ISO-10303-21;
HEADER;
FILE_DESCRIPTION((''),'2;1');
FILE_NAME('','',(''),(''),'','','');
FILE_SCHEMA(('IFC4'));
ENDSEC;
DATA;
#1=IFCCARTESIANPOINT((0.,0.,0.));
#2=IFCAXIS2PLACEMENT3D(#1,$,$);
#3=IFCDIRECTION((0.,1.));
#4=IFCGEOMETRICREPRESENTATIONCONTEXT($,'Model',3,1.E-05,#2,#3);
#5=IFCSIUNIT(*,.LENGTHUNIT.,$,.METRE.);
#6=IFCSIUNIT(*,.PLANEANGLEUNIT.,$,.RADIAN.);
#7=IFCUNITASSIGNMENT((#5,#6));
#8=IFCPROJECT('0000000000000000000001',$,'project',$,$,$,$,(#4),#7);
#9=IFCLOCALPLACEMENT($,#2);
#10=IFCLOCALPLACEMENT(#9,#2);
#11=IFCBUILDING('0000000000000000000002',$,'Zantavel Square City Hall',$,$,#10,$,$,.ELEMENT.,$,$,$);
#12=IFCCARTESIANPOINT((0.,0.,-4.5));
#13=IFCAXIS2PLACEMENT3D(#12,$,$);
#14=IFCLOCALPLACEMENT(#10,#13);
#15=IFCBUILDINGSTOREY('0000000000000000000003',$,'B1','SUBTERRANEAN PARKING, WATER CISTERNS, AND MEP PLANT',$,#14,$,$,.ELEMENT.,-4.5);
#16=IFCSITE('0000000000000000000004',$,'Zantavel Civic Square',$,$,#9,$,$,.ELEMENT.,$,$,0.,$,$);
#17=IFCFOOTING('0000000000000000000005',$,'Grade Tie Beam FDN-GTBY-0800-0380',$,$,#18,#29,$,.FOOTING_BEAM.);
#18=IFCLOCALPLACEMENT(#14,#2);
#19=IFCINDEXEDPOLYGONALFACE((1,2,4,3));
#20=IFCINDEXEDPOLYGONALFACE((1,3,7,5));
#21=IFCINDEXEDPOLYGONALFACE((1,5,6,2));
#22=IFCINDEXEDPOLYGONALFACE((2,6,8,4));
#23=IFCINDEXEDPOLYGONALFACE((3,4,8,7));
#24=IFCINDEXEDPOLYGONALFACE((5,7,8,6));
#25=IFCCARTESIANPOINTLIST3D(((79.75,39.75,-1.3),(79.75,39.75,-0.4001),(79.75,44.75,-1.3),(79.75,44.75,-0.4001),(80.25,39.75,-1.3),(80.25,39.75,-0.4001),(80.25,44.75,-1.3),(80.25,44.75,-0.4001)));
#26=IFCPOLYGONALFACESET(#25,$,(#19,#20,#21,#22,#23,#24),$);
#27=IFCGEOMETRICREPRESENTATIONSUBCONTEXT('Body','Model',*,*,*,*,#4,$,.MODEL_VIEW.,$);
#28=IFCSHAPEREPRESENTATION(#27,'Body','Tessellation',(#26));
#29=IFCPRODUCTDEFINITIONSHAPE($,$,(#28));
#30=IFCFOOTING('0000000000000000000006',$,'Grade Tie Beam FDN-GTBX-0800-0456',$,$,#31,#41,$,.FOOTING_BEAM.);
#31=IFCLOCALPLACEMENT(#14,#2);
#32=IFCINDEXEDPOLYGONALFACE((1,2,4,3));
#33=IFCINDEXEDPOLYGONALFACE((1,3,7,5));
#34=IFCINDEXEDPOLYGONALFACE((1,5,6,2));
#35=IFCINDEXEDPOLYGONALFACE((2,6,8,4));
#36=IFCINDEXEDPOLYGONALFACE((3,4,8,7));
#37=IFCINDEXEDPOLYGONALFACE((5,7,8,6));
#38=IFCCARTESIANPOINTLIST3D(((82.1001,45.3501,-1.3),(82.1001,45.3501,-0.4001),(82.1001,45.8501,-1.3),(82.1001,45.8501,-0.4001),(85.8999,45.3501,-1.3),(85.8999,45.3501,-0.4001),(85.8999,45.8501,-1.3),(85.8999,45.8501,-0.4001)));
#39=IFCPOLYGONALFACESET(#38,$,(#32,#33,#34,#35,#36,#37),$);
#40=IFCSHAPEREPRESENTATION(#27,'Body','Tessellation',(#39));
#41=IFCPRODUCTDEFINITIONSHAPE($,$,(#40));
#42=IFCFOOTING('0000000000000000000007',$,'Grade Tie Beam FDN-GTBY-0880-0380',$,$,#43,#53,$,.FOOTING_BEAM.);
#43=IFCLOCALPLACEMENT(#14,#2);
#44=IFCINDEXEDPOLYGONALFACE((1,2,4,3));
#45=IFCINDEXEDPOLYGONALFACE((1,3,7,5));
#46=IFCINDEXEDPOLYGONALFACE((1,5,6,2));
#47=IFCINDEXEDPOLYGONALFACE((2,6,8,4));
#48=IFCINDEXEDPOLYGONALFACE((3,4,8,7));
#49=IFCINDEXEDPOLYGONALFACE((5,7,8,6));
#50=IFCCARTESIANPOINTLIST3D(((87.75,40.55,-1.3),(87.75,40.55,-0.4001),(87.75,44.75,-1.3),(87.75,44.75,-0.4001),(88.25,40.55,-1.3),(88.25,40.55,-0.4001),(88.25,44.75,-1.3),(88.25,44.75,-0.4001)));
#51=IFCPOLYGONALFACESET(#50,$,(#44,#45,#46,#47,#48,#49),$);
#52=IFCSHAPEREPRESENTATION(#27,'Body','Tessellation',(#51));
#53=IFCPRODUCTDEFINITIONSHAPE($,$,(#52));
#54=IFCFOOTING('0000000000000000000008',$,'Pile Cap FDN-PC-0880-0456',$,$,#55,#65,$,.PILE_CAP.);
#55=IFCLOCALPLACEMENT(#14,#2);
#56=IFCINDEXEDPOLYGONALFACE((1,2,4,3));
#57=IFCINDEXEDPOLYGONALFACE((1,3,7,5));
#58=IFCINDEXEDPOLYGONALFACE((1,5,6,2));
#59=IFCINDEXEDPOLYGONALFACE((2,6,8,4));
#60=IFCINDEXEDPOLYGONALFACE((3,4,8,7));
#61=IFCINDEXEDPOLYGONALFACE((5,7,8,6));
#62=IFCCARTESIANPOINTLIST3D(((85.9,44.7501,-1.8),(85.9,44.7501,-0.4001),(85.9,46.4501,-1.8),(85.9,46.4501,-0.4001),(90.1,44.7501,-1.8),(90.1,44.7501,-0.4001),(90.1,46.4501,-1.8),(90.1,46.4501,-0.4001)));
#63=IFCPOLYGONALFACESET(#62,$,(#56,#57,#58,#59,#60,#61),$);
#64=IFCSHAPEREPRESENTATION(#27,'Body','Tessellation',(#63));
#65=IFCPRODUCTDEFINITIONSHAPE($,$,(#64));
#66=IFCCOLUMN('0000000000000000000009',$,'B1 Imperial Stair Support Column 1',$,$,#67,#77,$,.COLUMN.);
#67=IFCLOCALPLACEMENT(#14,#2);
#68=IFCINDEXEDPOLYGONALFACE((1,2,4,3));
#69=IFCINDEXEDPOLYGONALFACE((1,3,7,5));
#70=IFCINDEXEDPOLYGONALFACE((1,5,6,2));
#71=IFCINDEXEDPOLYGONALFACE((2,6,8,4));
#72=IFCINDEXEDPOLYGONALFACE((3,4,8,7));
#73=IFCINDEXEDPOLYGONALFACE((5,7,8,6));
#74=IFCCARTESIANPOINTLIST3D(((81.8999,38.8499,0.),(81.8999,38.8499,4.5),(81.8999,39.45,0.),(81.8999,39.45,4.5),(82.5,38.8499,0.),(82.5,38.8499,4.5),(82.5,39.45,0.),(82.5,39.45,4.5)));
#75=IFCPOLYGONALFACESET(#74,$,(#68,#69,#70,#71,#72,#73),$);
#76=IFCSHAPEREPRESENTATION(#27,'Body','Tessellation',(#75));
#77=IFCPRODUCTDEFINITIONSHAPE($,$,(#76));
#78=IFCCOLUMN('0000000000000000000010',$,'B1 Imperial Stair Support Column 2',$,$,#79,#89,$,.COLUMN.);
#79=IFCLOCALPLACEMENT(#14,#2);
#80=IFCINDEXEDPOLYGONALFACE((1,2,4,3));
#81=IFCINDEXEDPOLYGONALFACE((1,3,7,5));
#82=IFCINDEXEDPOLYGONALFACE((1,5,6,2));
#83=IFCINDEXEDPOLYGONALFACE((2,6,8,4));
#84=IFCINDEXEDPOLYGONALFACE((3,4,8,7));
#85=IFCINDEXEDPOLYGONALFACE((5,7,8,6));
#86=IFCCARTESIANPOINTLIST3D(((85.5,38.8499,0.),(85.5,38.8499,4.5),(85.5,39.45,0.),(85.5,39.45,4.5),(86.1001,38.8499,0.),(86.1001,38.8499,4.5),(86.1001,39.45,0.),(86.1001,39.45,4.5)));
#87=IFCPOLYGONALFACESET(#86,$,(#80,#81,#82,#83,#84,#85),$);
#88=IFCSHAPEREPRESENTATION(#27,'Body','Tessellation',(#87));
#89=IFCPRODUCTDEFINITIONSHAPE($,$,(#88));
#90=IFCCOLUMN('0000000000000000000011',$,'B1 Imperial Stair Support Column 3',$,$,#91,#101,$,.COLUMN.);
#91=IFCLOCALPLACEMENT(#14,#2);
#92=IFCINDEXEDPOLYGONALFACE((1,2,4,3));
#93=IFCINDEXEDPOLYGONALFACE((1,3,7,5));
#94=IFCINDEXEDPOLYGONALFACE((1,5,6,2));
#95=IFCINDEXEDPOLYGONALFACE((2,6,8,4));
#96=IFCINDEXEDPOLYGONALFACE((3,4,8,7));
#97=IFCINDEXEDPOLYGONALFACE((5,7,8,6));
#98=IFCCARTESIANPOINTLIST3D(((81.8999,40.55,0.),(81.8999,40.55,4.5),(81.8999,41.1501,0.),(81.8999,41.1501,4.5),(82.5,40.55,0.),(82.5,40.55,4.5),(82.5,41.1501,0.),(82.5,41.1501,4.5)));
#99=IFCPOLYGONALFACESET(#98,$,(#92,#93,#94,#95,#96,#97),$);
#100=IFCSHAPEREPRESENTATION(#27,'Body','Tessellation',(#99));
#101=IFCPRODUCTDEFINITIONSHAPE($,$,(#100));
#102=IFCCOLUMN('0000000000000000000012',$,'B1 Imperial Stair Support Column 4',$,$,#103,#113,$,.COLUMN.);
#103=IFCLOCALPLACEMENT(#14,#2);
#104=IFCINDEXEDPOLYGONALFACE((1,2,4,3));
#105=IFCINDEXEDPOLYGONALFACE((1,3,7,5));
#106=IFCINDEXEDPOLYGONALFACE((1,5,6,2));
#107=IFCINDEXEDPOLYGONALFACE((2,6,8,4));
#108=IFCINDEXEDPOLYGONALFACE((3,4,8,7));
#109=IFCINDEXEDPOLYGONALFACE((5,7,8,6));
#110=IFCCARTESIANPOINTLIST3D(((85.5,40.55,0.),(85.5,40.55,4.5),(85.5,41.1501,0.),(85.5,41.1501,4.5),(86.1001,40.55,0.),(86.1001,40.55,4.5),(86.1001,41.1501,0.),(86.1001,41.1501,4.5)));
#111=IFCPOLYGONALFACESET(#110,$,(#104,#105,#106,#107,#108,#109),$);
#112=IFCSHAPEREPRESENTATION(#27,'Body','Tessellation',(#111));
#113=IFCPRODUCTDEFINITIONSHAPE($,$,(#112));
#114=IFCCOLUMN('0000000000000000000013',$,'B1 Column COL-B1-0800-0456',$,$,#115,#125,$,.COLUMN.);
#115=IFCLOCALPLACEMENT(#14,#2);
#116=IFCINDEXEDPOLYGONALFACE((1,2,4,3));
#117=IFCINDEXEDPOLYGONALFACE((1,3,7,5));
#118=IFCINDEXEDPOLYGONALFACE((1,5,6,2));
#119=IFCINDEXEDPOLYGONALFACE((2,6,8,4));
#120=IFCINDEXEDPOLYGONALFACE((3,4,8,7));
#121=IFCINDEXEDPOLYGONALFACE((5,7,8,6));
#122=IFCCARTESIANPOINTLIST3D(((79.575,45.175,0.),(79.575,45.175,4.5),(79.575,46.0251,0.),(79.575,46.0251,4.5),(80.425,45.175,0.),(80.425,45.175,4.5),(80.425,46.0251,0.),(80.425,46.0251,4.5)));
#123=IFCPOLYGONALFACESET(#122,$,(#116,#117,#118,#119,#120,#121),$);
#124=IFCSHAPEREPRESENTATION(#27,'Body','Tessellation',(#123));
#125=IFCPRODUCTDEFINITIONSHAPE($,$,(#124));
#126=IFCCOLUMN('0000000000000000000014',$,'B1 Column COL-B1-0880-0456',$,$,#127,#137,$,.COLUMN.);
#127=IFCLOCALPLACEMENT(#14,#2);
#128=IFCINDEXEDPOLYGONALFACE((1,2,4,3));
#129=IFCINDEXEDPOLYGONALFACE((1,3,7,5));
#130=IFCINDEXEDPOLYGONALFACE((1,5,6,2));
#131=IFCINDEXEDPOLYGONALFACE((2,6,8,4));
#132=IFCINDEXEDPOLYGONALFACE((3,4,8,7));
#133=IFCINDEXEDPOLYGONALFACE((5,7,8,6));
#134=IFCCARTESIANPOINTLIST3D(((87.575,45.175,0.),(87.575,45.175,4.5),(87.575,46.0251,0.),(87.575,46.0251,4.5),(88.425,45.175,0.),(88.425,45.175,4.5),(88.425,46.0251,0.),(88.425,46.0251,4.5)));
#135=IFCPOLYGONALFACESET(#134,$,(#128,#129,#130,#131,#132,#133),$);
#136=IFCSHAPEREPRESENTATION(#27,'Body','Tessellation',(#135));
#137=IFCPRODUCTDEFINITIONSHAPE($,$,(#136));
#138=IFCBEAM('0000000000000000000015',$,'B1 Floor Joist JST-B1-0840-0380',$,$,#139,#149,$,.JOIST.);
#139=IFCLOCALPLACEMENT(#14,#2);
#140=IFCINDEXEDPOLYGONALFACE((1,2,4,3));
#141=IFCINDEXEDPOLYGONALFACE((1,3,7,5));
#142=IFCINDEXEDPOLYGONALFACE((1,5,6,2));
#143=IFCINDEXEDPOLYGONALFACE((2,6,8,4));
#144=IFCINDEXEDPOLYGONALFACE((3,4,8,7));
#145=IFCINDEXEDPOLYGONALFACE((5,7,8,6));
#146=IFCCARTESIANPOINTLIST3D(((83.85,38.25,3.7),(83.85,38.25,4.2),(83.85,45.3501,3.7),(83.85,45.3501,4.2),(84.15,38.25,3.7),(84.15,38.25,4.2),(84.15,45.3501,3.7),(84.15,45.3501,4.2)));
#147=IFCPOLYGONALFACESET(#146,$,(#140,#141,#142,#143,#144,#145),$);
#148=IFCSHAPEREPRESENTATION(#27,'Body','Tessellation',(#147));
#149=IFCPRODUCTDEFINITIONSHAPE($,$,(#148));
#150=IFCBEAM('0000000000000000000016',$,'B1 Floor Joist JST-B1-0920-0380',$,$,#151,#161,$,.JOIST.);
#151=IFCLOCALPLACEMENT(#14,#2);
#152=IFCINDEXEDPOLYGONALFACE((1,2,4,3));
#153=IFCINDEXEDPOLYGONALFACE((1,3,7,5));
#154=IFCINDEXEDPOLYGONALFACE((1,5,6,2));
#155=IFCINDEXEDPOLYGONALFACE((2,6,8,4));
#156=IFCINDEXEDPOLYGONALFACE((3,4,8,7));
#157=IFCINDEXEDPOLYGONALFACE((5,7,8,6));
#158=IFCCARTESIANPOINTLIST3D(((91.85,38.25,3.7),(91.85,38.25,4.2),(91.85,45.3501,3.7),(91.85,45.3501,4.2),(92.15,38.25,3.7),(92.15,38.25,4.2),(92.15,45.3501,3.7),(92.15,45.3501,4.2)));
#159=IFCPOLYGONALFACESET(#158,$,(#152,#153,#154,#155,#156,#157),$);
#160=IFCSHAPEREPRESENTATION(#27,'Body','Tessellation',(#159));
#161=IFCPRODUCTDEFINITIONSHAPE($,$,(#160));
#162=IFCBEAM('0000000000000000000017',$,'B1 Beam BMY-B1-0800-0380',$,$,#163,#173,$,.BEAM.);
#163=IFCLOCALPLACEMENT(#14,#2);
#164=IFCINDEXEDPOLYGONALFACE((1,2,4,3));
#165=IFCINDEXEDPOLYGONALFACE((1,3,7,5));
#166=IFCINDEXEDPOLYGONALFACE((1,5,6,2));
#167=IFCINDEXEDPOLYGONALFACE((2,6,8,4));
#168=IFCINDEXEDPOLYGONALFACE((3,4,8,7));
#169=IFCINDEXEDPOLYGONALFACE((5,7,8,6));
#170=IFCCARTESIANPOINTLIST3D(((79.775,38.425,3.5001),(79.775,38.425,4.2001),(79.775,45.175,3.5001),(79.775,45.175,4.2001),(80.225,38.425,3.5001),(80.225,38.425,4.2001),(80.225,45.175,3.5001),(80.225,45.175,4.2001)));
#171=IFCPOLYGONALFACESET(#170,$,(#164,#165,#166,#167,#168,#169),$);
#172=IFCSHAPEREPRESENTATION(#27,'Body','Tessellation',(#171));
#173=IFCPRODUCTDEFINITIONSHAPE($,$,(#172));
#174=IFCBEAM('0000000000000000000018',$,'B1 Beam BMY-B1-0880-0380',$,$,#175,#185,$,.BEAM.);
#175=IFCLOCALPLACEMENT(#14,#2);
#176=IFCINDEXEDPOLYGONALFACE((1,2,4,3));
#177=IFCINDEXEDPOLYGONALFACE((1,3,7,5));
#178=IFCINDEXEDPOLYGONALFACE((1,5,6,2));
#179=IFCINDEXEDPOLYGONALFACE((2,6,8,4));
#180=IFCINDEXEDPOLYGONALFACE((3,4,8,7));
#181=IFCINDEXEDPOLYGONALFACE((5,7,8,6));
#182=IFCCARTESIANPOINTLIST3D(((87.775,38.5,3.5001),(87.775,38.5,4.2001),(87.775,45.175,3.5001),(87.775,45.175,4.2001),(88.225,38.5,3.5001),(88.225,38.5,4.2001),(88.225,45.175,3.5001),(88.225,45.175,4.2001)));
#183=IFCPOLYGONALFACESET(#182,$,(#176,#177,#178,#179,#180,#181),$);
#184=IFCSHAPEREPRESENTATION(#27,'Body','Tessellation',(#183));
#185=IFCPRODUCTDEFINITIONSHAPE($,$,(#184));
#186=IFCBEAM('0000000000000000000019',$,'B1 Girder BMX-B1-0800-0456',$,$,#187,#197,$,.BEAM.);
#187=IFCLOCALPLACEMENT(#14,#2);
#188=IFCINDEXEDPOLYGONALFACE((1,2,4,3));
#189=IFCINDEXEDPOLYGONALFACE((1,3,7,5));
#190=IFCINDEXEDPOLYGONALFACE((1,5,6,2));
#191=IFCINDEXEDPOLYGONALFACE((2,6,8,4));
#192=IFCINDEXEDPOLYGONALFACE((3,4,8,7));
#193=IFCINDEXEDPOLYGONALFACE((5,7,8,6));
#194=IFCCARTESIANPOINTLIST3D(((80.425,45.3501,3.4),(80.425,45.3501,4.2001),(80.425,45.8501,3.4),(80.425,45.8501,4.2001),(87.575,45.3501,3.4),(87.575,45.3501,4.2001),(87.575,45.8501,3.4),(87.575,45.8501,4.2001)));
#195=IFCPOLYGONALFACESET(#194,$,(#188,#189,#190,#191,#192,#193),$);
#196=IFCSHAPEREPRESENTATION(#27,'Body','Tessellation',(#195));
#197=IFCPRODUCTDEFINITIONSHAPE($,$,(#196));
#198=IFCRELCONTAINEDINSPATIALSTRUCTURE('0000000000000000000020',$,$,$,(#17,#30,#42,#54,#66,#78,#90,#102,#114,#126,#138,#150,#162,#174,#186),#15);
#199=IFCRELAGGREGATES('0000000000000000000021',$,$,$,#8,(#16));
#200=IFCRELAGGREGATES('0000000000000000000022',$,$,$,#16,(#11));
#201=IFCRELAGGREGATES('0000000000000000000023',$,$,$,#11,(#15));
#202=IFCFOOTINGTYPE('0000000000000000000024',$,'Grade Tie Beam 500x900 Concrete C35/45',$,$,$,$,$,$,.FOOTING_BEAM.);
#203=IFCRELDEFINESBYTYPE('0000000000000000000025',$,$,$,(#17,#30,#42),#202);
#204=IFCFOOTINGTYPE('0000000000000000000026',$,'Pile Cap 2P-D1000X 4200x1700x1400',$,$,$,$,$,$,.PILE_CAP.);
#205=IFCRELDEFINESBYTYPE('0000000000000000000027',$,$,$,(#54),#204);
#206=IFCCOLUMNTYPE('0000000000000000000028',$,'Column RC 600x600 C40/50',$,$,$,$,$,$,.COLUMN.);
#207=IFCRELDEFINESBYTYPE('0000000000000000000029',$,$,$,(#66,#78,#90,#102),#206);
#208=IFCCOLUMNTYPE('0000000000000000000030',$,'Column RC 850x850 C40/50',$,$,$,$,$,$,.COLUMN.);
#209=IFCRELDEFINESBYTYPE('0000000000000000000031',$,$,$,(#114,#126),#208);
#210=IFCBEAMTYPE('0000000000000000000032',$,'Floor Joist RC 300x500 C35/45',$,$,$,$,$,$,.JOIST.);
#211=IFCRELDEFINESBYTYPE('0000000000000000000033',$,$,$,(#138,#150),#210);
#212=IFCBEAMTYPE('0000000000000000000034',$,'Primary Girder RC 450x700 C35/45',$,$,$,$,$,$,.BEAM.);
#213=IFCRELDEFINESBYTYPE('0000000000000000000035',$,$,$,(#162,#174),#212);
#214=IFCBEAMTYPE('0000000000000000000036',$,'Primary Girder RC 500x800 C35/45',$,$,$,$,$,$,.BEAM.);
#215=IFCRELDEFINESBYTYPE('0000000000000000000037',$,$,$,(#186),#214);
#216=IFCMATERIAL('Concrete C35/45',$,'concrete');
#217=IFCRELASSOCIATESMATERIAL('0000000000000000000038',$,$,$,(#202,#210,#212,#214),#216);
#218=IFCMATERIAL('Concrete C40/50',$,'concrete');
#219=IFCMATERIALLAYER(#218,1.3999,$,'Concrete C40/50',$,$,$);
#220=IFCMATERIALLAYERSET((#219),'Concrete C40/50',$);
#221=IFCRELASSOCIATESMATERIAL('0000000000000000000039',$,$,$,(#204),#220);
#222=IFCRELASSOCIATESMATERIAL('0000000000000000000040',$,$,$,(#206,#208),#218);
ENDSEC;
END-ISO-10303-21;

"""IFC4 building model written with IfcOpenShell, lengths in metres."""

from ifc_helpers import new_model, si_unit, direction, frame, origin, origin_2d, place, context, subcontext, project, spatial, rectangle, extrude, material, layer, layer_set, material_profile, profile_set, type_object, element, save


model = new_model("IFC4")

# Units and contexts
model_context = context("Model", 3, precision=1e-05, world=origin(), true_north=direction((0.0, 1.0)))
body_context = subcontext(model_context, "Body", "Model", "MODEL_VIEW")
ifc_project = project(units=[si_unit("LENGTHUNIT", "METRE"), si_unit("PLANEANGLEUNIT", "RADIAN")], contexts=[model_context])

# Site, building, storey
site_placement = place(None, origin())
site = spatial("IfcSite", under=ifc_project, at=site_placement, Name="Zantavel Civic Square", CompositionType="ELEMENT", RefElevation=0.0)
building_placement = place(site_placement, origin())
building = spatial("IfcBuilding", under=site, at=building_placement, Name="Zantavel Square City Hall", CompositionType="ELEMENT")
storey_placement = place(building_placement, frame((0.0, 0.0, -4.5)))
storey = spatial("IfcBuildingStorey", under=building, at=storey_placement, Name="B1", Description="SUBTERRANEAN PARKING, WATER CISTERNS, AND MEP PLANT", CompositionType="ELEMENT", Elevation=-4.5)

# Shared definitions
ifc_material_1 = material(Name="Concrete C35/45", Category="concrete")

# Footings
ifc_material_profile_1 = material_profile(ifc_material_1, rectangle(XDim=0.5, YDim=0.8999, at=origin_2d()), Name="RC 500x900")
ifc_profile_set_1 = profile_set([ifc_material_profile_1], Name="Concrete C35/45")
footing_type_1 = type_object("IfcFootingType", Name="Grade Tie Beam 500x900 Concrete C35/45", PredefinedType="FOOTING_BEAM", material=ifc_profile_set_1)
footing_1_placement = place(storey_placement, frame((80.0, 39.75, -0.8501), z_axis=(0.0, 1.0, 0.0), x_axis=(-1.0, 0.0, 0.0)))
element("IfcFooting", 1, at=footing_1_placement, inside=storey, type_object=footing_type_1, Name="Grade Tie Beam FDN-GTBY-0800-0380", PredefinedType="FOOTING_BEAM", context=body_context, shape_type="SweptSolid", body=[
    extrude(rectangle(XDim=0.5, YDim=0.8999, at=origin_2d()), origin(), (0.0, 0.0, 1.0), 5.0),
])
footing_2_placement = place(storey_placement, frame((82.1001, 45.6001, -0.8501), z_axis=(1.0, 0.0, 0.0), x_axis=(0.0, 1.0, 0.0)))
element("IfcFooting", 2, at=footing_2_placement, inside=storey, type_object=footing_type_1, Name="Grade Tie Beam FDN-GTBX-0800-0456", PredefinedType="FOOTING_BEAM", context=body_context, shape_type="SweptSolid", body=[
    extrude(rectangle(XDim=0.5, YDim=0.8999, at=origin_2d()), origin(), (0.0, 0.0, 1.0), 3.7998),
])
footing_3_placement = place(storey_placement, frame((88.0, 40.55, -0.8501), z_axis=(0.0, 1.0, 0.0), x_axis=(-1.0, 0.0, 0.0)))
element("IfcFooting", 3, at=footing_3_placement, inside=storey, type_object=footing_type_1, Name="Grade Tie Beam FDN-GTBY-0880-0380", PredefinedType="FOOTING_BEAM", context=body_context, shape_type="SweptSolid", body=[
    extrude(rectangle(XDim=0.5, YDim=0.8999, at=origin_2d()), origin(), (0.0, 0.0, 1.0), 4.2),
])
ifc_material_2 = material(Name="Concrete C40/50", Category="concrete")
ifc_layer = layer(ifc_material_2, 1.3999, Name="Concrete C40/50")
ifc_layer_set = layer_set([ifc_layer], Name="Concrete C40/50")
footing_type_2 = type_object("IfcFootingType", Name="Pile Cap 2P-D1000X 4200x1700x1400", PredefinedType="PILE_CAP", material=ifc_layer_set)
footing_4_placement = place(storey_placement, frame((88.0, 45.6001, -1.8), z_axis=(0.0, 0.0, 1.0), x_axis=(1.0, 0.0, 0.0)))
element("IfcFooting", 4, at=footing_4_placement, inside=storey, type_object=footing_type_2, Name="Pile Cap FDN-PC-0880-0456", PredefinedType="PILE_CAP", context=body_context, shape_type="SweptSolid", body=[
    extrude(rectangle(XDim=4.2, YDim=1.7, at=origin_2d()), origin(), (0.0, 0.0, 1.0), 1.3999),
])

# Columns
ifc_material_profile_2 = material_profile(ifc_material_2, rectangle(XDim=0.6001, YDim=0.6001, at=origin_2d()), Name="RC 600x600")
ifc_profile_set_2 = profile_set([ifc_material_profile_2], Name="Concrete C40/50")
column_type_1 = type_object("IfcColumnType", Name="Column RC 600x600 C40/50", PredefinedType="COLUMN", material=ifc_profile_set_2)
for number, where, z_axis, x_axis, name in (
    (5, (82.2, 39.1499, 0.0), (0.0, 0.0, 1.0), (1.0, 0.0, 0.0), "B1 Imperial Stair Support Column 1"),
    (6, (85.8, 39.1499, 0.0), (0.0, 0.0, 1.0), (1.0, 0.0, 0.0), "B1 Imperial Stair Support Column 2"),
    (7, (82.2, 40.8501, 0.0), (0.0, 0.0, 1.0), (1.0, 0.0, 0.0), "B1 Imperial Stair Support Column 3"),
    (8, (85.8, 40.8501, 0.0), (0.0, 0.0, 1.0), (1.0, 0.0, 0.0), "B1 Imperial Stair Support Column 4"),
):
    element("IfcColumn", number, at=place(storey_placement, frame(where, z_axis=z_axis, x_axis=x_axis)), inside=storey, type_object=column_type_1, Name=name, PredefinedType="COLUMN", context=body_context, shape_type="SweptSolid", body=[
        extrude(rectangle(XDim=0.6001, YDim=0.6001, at=origin_2d()), origin(), (0.0, 0.0, 1.0), 4.5),
    ])
ifc_material_profile_3 = material_profile(ifc_material_2, rectangle(XDim=0.8501, YDim=0.8501, at=origin_2d()), Name="RC 850x850")
ifc_profile_set_3 = profile_set([ifc_material_profile_3], Name="Concrete C40/50")
column_type_2 = type_object("IfcColumnType", Name="Column RC 850x850 C40/50", PredefinedType="COLUMN", material=ifc_profile_set_3)
for number, where, z_axis, x_axis, name in (
    (9, (80.0, 45.6001, 0.0), (0.0, 0.0, 1.0), (1.0, 0.0, 0.0), "B1 Column COL-B1-0800-0456"),
    (10, (88.0, 45.6001, 0.0), (0.0, 0.0, 1.0), (1.0, 0.0, 0.0), "B1 Column COL-B1-0880-0456"),
):
    element("IfcColumn", number, at=place(storey_placement, frame(where, z_axis=z_axis, x_axis=x_axis)), inside=storey, type_object=column_type_2, Name=name, PredefinedType="COLUMN", context=body_context, shape_type="SweptSolid", body=[
        extrude(rectangle(XDim=0.8501, YDim=0.8501, at=origin_2d()), origin(), (0.0, 0.0, 1.0), 4.5),
    ])

# Beams
ifc_material_profile_4 = material_profile(ifc_material_1, rectangle(XDim=0.3, YDim=0.5, at=origin_2d()), Name="RC 300x500")
ifc_profile_set_4 = profile_set([ifc_material_profile_4], Name="Concrete C35/45")
beam_type_1 = type_object("IfcBeamType", Name="Floor Joist RC 300x500 C35/45", PredefinedType="JOIST", material=ifc_profile_set_4)
for number, where, z_axis, x_axis, name in (
    (11, (84.0, 38.25, 3.95), (0.0, 1.0, 0.0), (-1.0, 0.0, 0.0), "B1 Floor Joist JST-B1-0840-0380"),
    (12, (92.0, 38.25, 3.95), (0.0, 1.0, 0.0), (-1.0, 0.0, 0.0), "B1 Floor Joist JST-B1-0920-0380"),
):
    element("IfcBeam", number, at=place(storey_placement, frame(where, z_axis=z_axis, x_axis=x_axis)), inside=storey, type_object=beam_type_1, Name=name, PredefinedType="JOIST", context=body_context, shape_type="SweptSolid", body=[
        extrude(rectangle(XDim=0.3, YDim=0.5, at=origin_2d()), origin(), (0.0, 0.0, 1.0), 7.1001),
    ])
ifc_material_profile_5 = material_profile(ifc_material_1, rectangle(XDim=0.45, YDim=0.7, at=origin_2d()), Name="RC 450x700")
ifc_profile_set_5 = profile_set([ifc_material_profile_5], Name="Concrete C35/45")
beam_type_2 = type_object("IfcBeamType", Name="Primary Girder RC 450x700 C35/45", PredefinedType="BEAM", material=ifc_profile_set_5)
beam_1_placement = place(storey_placement, frame((80.0, 38.425, 3.8501), z_axis=(0.0, 1.0, 0.0), x_axis=(-1.0, 0.0, 0.0)))
element("IfcBeam", 13, at=beam_1_placement, inside=storey, type_object=beam_type_2, Name="B1 Beam BMY-B1-0800-0380", PredefinedType="BEAM", context=body_context, shape_type="SweptSolid", body=[
    extrude(rectangle(XDim=0.45, YDim=0.7, at=origin_2d()), origin(), (0.0, 0.0, 1.0), 6.75),
])
beam_2_placement = place(storey_placement, frame((88.0, 38.5, 3.8501), z_axis=(0.0, 1.0, 0.0), x_axis=(-1.0, 0.0, 0.0)))
element("IfcBeam", 14, at=beam_2_placement, inside=storey, type_object=beam_type_2, Name="B1 Beam BMY-B1-0880-0380", PredefinedType="BEAM", context=body_context, shape_type="SweptSolid", body=[
    extrude(rectangle(XDim=0.45, YDim=0.7, at=origin_2d()), origin(), (0.0, 0.0, 1.0), 6.675),
])
ifc_material_profile_6 = material_profile(ifc_material_1, rectangle(XDim=0.5, YDim=0.8, at=origin_2d()), Name="RC 500x800")
ifc_profile_set_6 = profile_set([ifc_material_profile_6], Name="Concrete C35/45")
beam_type_3 = type_object("IfcBeamType", Name="Primary Girder RC 500x800 C35/45", PredefinedType="BEAM", material=ifc_profile_set_6)
for number, where, z_axis, x_axis, name in (
    (15, (80.425, 45.6001, 3.8), (1.0, 0.0, 0.0), (0.0, 1.0, 0.0), "B1 Girder BMX-B1-0800-0456"),
):
    element("IfcBeam", number, at=place(storey_placement, frame(where, z_axis=z_axis, x_axis=x_axis)), inside=storey, type_object=beam_type_3, Name=name, PredefinedType="BEAM", context=body_context, shape_type="SweptSolid", body=[
        extrude(rectangle(XDim=0.5, YDim=0.8, at=origin_2d()), origin(), (0.0, 0.0, 1.0), 7.1499),
    ])

save(model, "model.ifc")
